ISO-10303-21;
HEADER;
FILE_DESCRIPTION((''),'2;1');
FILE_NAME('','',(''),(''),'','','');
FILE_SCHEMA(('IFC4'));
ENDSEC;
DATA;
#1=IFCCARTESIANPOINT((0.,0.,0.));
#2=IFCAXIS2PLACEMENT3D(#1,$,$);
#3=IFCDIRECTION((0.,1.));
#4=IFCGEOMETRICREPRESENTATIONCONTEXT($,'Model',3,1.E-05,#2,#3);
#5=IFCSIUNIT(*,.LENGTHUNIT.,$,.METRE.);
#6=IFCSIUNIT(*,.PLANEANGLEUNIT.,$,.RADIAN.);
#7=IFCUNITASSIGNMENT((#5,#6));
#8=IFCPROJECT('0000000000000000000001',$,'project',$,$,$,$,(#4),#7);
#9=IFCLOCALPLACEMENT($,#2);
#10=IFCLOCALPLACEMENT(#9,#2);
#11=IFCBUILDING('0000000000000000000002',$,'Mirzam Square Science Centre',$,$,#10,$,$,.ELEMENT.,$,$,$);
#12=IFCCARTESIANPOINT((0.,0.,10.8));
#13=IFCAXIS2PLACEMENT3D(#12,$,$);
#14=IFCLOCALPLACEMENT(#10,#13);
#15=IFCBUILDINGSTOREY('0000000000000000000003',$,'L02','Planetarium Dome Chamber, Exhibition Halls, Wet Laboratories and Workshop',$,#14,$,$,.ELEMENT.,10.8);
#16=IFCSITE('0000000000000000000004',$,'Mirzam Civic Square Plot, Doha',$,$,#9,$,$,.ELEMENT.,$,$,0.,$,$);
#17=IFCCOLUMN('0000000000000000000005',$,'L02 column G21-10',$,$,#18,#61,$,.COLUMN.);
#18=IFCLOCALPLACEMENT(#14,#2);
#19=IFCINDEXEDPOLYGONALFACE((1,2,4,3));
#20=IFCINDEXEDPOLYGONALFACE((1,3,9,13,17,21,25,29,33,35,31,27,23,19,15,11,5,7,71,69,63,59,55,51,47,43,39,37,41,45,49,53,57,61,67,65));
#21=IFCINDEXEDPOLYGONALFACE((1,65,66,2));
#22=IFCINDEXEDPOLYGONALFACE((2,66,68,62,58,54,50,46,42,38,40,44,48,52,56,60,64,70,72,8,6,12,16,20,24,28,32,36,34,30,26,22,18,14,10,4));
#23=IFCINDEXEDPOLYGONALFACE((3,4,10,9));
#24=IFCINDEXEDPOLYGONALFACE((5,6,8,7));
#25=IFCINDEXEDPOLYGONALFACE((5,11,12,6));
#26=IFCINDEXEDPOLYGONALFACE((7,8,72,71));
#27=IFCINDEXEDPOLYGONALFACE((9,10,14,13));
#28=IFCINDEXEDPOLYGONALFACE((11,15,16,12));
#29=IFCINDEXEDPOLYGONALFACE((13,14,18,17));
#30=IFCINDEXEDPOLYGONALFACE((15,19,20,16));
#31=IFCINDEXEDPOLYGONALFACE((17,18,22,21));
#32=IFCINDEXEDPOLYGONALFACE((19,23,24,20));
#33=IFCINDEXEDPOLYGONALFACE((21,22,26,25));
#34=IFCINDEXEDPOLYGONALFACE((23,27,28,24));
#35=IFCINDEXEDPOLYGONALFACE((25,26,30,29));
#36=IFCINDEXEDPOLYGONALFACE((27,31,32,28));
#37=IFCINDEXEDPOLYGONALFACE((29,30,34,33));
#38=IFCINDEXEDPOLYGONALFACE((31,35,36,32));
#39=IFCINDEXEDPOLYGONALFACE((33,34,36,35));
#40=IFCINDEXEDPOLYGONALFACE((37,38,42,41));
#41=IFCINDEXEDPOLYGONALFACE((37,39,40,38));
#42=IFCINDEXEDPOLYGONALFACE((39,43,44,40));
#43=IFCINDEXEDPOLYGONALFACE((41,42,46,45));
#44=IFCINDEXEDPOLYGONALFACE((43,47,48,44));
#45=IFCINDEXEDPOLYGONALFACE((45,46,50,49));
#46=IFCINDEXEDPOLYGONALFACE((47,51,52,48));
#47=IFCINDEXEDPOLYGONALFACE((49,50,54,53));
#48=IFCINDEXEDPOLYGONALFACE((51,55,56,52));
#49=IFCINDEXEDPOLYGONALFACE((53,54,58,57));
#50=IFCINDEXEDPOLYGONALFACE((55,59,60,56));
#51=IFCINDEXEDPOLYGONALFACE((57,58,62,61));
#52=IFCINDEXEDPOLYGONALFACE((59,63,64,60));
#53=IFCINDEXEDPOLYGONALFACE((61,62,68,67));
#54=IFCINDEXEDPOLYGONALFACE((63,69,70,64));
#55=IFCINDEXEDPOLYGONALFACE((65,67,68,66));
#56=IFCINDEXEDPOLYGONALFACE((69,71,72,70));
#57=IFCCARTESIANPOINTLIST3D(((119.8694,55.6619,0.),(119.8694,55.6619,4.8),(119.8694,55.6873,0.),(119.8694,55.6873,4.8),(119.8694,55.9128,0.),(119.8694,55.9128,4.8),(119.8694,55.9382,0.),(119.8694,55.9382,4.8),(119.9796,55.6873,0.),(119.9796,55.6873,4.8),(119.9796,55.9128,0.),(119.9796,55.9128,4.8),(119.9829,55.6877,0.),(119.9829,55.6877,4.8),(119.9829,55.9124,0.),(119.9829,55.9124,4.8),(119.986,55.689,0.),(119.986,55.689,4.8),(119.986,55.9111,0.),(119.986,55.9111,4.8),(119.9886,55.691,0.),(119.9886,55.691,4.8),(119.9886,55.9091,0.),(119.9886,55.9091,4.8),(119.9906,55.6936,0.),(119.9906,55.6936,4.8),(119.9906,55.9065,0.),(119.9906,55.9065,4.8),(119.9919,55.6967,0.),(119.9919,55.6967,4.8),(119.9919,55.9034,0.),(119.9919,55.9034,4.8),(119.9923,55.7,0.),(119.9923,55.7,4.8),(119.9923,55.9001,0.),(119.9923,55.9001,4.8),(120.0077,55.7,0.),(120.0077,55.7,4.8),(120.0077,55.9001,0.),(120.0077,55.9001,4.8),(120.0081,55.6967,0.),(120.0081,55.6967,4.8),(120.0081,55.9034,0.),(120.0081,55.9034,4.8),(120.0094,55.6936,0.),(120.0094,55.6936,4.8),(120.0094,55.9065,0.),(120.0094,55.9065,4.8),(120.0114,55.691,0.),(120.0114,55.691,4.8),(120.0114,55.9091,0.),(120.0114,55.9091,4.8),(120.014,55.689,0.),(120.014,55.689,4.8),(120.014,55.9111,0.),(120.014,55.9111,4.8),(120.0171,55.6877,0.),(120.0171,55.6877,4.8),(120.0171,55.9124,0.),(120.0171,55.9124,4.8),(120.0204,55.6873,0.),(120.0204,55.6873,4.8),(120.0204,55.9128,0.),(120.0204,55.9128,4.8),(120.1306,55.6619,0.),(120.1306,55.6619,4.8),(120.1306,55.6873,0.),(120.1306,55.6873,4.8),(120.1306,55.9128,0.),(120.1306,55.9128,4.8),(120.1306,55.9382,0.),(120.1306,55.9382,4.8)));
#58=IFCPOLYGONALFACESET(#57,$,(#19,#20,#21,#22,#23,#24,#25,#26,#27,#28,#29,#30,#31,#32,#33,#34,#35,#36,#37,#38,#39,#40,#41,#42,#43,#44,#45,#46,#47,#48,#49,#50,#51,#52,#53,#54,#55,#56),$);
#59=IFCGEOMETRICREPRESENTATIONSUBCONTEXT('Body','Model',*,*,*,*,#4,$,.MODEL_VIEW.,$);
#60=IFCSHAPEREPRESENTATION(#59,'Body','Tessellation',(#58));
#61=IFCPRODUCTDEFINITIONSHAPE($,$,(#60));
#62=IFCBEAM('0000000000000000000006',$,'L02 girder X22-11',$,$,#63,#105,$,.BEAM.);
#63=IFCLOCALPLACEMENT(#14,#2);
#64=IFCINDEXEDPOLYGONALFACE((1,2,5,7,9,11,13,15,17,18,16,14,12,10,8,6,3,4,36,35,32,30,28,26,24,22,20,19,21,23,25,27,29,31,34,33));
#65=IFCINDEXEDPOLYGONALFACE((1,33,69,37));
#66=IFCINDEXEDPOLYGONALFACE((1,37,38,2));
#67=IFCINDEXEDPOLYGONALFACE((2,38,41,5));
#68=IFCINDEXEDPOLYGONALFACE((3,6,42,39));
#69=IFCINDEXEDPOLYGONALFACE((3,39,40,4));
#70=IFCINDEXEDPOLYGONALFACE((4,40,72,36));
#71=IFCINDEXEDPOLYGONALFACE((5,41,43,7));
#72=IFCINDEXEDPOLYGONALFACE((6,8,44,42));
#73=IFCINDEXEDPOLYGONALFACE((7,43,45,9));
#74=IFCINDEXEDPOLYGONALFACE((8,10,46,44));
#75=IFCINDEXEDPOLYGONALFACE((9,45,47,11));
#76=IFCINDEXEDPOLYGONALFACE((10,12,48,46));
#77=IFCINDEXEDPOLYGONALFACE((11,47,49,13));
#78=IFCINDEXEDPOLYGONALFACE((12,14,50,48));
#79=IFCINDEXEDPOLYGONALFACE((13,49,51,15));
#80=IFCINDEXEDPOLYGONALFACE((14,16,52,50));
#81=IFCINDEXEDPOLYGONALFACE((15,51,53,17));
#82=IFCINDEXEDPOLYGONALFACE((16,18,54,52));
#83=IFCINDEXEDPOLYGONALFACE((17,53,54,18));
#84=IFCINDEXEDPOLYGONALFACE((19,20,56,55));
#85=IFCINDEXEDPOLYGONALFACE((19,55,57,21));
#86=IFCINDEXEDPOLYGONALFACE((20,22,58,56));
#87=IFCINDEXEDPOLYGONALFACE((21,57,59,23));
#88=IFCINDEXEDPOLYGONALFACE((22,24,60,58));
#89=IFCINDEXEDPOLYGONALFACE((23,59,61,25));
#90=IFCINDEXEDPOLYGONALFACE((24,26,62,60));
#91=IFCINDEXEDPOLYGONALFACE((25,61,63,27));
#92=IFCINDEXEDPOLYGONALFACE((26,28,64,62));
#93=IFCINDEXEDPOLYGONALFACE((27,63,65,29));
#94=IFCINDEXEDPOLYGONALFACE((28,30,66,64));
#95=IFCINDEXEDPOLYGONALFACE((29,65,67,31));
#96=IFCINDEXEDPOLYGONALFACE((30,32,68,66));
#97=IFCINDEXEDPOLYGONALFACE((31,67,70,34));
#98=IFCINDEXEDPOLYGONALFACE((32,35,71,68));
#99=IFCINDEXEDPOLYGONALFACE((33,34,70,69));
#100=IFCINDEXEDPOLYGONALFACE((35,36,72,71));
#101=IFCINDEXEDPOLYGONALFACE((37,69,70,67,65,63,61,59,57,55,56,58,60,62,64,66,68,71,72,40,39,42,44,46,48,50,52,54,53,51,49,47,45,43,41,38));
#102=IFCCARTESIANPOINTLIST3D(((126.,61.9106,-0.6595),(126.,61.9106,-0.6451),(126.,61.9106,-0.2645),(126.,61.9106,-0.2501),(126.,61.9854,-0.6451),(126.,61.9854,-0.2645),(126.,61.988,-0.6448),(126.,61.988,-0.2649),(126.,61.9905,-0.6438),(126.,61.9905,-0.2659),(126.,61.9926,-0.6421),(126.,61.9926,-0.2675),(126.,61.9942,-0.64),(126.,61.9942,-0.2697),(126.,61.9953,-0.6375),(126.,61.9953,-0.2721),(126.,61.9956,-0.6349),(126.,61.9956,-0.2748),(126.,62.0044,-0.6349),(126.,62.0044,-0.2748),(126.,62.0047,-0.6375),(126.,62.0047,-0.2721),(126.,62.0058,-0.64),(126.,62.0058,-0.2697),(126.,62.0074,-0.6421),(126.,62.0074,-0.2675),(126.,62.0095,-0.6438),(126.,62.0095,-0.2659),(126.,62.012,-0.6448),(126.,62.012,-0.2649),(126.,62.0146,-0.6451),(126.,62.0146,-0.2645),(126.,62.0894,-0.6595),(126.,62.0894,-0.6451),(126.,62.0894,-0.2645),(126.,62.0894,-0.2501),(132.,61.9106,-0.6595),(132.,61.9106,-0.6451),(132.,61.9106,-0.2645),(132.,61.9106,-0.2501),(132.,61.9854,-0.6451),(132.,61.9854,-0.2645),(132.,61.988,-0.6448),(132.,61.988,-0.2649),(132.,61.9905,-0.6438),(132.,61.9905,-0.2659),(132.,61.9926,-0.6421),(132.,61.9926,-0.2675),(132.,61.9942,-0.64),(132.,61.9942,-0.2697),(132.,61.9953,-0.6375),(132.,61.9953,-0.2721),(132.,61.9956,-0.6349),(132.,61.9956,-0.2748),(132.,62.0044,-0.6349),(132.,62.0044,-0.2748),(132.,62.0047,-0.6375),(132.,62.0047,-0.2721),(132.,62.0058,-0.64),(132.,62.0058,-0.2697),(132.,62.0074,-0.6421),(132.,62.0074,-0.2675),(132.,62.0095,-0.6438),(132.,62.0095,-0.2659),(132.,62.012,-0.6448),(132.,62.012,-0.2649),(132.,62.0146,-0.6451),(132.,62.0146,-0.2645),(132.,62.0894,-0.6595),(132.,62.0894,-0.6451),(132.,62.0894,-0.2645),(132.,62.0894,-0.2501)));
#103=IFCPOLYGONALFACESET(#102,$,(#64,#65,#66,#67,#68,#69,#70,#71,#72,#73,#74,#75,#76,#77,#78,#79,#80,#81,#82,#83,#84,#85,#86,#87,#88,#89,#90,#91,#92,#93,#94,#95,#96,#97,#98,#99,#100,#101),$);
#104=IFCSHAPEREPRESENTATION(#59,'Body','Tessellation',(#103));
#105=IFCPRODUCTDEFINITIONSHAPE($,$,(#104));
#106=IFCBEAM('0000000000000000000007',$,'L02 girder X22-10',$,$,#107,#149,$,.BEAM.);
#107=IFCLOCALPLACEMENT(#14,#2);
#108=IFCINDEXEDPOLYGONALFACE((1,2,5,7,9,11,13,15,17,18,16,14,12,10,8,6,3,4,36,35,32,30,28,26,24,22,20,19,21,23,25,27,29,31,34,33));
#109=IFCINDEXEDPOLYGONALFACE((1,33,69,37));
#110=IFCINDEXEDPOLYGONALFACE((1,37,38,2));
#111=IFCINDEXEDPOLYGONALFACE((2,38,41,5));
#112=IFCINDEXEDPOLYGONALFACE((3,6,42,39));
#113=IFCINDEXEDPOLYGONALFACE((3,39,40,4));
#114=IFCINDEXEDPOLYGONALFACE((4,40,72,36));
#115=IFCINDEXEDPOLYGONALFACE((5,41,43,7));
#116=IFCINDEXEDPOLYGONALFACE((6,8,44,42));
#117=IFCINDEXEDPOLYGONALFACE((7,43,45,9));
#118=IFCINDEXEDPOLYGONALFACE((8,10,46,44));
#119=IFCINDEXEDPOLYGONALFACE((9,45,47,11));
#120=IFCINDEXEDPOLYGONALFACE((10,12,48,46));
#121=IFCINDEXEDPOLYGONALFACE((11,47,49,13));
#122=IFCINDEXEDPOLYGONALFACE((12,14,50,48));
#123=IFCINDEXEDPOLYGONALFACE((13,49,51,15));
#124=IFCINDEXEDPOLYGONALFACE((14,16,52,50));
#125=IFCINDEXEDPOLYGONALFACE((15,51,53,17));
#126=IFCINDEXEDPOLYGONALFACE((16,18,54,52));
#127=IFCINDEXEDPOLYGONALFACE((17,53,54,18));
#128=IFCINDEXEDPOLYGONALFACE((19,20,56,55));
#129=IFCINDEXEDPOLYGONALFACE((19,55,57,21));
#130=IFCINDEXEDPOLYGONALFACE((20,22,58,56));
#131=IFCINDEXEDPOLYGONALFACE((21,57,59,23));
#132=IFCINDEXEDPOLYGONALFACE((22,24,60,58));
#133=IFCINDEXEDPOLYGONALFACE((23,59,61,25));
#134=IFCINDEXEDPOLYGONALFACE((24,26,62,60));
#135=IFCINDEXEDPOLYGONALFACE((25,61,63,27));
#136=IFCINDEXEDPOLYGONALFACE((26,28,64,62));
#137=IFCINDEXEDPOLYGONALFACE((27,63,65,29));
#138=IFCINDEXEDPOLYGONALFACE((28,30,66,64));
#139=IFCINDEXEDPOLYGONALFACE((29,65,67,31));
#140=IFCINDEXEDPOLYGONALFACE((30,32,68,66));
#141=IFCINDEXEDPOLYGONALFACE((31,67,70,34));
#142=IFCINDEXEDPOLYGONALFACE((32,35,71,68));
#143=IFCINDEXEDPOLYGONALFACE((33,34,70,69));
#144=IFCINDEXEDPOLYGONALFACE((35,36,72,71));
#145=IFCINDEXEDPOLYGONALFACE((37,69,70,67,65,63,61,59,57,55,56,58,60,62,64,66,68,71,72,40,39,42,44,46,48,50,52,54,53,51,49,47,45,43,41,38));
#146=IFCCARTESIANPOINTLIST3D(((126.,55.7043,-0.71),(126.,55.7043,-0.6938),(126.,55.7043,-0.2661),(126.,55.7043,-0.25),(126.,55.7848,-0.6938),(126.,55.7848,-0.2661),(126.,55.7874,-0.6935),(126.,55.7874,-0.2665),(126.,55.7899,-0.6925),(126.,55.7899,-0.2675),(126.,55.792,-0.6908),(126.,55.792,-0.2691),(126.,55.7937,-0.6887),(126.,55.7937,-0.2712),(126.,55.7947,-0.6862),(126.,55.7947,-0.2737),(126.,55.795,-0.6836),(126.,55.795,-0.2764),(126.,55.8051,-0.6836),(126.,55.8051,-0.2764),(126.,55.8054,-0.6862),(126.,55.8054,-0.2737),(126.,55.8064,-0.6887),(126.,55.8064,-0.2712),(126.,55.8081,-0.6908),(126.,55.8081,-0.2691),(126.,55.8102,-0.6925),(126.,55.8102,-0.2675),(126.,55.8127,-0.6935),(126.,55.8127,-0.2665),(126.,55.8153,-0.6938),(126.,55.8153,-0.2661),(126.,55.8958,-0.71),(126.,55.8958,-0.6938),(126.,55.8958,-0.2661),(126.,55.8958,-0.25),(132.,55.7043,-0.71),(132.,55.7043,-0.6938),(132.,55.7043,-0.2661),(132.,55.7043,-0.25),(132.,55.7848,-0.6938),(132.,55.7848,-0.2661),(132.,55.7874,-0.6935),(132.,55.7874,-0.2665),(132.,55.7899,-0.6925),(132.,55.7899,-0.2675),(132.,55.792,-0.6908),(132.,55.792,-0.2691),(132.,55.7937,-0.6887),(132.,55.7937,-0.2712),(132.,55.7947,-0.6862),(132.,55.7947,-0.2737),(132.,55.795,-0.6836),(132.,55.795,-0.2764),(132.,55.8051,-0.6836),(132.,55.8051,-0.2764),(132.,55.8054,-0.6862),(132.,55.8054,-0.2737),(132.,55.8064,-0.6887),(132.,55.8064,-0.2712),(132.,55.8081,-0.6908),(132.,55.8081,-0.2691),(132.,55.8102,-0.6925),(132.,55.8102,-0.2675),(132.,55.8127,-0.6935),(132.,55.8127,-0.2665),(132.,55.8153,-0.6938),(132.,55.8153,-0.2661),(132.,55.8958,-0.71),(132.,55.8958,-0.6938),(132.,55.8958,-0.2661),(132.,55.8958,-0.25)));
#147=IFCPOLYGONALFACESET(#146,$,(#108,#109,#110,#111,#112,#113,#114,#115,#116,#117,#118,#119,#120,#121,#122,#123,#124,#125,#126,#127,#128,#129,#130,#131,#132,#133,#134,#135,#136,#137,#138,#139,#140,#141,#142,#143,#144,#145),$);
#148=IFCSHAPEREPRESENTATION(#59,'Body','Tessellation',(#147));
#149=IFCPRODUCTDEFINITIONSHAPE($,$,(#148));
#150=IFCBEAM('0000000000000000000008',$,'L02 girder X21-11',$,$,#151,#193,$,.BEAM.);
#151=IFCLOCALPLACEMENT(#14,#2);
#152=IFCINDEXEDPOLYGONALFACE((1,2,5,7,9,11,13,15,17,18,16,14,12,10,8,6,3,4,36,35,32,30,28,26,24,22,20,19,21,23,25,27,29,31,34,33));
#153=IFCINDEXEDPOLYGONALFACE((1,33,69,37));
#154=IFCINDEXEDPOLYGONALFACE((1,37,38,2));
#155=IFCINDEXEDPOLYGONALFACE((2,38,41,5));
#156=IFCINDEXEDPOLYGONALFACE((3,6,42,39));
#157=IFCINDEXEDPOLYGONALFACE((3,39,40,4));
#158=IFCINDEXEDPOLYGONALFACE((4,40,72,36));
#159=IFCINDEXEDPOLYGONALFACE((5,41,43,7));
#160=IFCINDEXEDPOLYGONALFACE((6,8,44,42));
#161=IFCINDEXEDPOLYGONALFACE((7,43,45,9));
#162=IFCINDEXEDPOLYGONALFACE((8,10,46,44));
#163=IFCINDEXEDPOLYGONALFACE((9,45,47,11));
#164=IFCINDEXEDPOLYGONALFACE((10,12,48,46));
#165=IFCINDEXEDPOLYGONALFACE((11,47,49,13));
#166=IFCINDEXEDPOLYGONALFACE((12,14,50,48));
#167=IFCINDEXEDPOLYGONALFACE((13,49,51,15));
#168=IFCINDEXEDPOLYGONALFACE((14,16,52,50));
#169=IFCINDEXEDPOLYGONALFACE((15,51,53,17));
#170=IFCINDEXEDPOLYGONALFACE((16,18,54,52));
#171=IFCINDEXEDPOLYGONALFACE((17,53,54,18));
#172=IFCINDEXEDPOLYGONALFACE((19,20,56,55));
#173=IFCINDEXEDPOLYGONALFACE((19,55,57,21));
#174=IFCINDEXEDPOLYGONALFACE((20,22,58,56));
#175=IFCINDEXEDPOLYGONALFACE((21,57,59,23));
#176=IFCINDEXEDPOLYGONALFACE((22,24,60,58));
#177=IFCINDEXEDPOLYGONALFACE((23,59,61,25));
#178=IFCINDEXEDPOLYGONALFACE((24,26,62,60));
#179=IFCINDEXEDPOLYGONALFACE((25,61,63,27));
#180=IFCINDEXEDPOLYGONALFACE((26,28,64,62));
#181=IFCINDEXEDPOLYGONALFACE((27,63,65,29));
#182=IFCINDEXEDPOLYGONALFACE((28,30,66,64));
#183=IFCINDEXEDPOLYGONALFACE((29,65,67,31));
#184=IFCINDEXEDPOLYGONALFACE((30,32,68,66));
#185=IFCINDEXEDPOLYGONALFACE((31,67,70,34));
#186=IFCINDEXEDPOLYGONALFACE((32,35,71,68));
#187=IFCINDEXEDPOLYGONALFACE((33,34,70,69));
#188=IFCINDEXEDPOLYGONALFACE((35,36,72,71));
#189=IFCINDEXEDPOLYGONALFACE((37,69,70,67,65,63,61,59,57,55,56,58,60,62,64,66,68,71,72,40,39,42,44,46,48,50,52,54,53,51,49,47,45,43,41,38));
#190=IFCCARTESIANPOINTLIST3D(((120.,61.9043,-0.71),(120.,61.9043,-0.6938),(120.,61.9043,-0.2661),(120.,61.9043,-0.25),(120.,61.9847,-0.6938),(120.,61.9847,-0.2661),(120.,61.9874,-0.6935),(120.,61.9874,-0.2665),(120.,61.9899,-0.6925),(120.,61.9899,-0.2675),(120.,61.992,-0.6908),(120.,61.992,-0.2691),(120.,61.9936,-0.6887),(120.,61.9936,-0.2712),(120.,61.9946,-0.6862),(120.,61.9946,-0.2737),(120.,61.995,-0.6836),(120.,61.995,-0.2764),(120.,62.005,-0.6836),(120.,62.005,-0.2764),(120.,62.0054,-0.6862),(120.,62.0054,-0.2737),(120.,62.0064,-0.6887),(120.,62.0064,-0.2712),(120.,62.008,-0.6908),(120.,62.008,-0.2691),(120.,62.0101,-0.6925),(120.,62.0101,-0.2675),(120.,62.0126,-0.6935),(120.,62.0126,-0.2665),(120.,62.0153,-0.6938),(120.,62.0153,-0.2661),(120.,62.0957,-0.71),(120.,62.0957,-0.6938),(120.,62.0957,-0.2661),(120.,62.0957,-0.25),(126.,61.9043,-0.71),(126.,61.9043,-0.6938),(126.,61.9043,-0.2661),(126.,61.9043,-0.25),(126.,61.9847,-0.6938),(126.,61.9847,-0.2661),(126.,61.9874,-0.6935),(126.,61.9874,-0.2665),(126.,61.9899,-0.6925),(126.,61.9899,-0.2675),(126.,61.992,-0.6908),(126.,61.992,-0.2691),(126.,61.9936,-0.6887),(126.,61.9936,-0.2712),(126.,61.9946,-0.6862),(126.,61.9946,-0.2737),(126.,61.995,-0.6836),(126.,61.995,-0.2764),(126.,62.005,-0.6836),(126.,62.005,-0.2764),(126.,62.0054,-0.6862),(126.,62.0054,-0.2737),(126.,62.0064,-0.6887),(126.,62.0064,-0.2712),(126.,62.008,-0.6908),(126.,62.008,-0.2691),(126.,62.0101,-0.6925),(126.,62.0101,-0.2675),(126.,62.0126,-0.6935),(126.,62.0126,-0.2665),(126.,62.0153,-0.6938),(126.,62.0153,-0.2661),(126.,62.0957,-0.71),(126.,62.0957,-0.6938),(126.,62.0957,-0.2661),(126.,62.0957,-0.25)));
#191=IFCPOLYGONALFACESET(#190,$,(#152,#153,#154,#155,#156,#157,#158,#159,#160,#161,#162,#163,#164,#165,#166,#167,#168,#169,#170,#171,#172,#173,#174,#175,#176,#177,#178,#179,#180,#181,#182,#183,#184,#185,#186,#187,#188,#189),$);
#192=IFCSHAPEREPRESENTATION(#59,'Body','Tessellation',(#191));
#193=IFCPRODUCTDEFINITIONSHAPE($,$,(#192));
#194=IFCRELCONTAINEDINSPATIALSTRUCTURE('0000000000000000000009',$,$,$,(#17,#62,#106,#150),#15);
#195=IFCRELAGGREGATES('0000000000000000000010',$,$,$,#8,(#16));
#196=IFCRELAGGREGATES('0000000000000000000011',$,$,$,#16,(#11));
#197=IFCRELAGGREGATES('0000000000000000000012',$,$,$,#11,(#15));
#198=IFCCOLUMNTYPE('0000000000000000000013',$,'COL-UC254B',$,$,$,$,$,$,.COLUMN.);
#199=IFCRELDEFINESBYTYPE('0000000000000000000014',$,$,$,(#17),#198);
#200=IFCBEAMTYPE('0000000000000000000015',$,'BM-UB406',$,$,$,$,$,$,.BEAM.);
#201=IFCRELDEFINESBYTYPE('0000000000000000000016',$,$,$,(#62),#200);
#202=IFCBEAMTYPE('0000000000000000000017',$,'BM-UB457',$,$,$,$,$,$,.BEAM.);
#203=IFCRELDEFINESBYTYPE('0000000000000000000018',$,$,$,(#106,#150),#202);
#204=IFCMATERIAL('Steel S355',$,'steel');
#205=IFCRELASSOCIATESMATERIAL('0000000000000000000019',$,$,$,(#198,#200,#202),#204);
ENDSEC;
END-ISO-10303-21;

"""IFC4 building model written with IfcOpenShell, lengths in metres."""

from ifc_helpers import new_model, si_unit, direction, frame, origin, origin_2d, place, context, subcontext, project, spatial, i_section, extrude, material, material_profile, profile_set, type_object, element, save


model = new_model("IFC4")

# Units and contexts
model_context = context("Model", 3, precision=1e-05, world=origin(), true_north=direction((0.0, 1.0)))
body_context = subcontext(model_context, "Body", "Model", "MODEL_VIEW")
ifc_project = project(units=[si_unit("LENGTHUNIT", "METRE"), si_unit("PLANEANGLEUNIT", "RADIAN")], contexts=[model_context])

# Site, building, storey
site_placement = place(None, origin())
site = spatial("IfcSite", under=ifc_project, at=site_placement, Name="Mirzam Civic Square Plot, Doha", CompositionType="ELEMENT", RefElevation=0.0)
building_placement = place(site_placement, origin())
building = spatial("IfcBuilding", under=site, at=building_placement, Name="Mirzam Square Science Centre", CompositionType="ELEMENT")
storey_placement = place(building_placement, frame((0.0, 0.0, 10.8)))
storey = spatial("IfcBuildingStorey", under=building, at=storey_placement, Name="L02", Description="Planetarium Dome Chamber, Exhibition Halls, Wet Laboratories and Workshop", CompositionType="ELEMENT", Elevation=10.8)

# Column
ifc_material_1 = material(Name="Steel S355", Category="steel")
ifc_material_profile_1 = material_profile(ifc_material_1, i_section(OverallWidth=0.2612, OverallDepth=0.2764, WebThickness=0.0154, FlangeThickness=0.0254, FilletRadius=0.0127, at=origin_2d()), Name="254x254x132UC")
ifc_profile_set_1 = profile_set([ifc_material_profile_1], Name="Steel S355")
column_type_1 = type_object("IfcColumnType", Name="COL-UC254B", PredefinedType="COLUMN", material=ifc_profile_set_1)
column_1_placement = place(storey_placement, frame((120.0, 55.8, 0.0), z_axis=(0.0, 0.0, 1.0), x_axis=(1.0, 0.0, 0.0)))
element("IfcColumn", 1, at=column_1_placement, inside=storey, type_object=column_type_1, Name="L02 column G21-10", PredefinedType="COLUMN", context=body_context, shape_type="SweptSolid", body=[
    extrude(i_section(OverallWidth=0.2612, OverallDepth=0.2764, WebThickness=0.0154, FlangeThickness=0.0254, FilletRadius=0.0127, at=origin_2d()), origin(), (0.0, 0.0, 1.0), 4.8),
])

# Beams
ifc_material_profile_2 = material_profile(ifc_material_1, i_section(OverallWidth=0.1787, OverallDepth=0.4094, WebThickness=0.0088, FlangeThickness=0.0144, FilletRadius=0.0103, at=origin_2d()), Name="406x178x67UB")
ifc_profile_set_2 = profile_set([ifc_material_profile_2], Name="Steel S355")
beam_type_1 = type_object("IfcBeamType", Name="BM-UB406", PredefinedType="BEAM", material=ifc_profile_set_2)
beam_1_placement = place(storey_placement, frame((126.0, 62.0, -0.4548), z_axis=(1.0, 0.0, 0.0), x_axis=(0.0, 1.0, 0.0)))
element("IfcBeam", 2, at=beam_1_placement, inside=storey, type_object=beam_type_1, Name="L02 girder X22-11", PredefinedType="BEAM", context=body_context, shape_type="SweptSolid", body=[
    extrude(i_section(OverallWidth=0.1787, OverallDepth=0.4094, WebThickness=0.0088, FlangeThickness=0.0144, FilletRadius=0.0103, at=origin_2d()), origin(), (0.0, 0.0, 1.0), 6.0),
])
ifc_material_profile_3 = material_profile(ifc_material_1, i_section(OverallWidth=0.1914, OverallDepth=0.46, WebThickness=0.01, FlangeThickness=0.0161, FilletRadius=0.0103, at=origin_2d()), Name="457x191x82UB")
ifc_profile_set_3 = profile_set([ifc_material_profile_3], Name="Steel S355")
beam_type_2 = type_object("IfcBeamType", Name="BM-UB457", PredefinedType="BEAM", material=ifc_profile_set_3)
for number, where, z_axis, x_axis, name in (
    (3, (126.0, 55.8, -0.48), (1.0, 0.0, 0.0), (0.0, 1.0, 0.0), "L02 girder X22-10"),
    (4, (120.0, 62.0, -0.48), (1.0, 0.0, 0.0), (0.0, 1.0, 0.0), "L02 girder X21-11"),
):
    element("IfcBeam", number, at=place(storey_placement, frame(where, z_axis=z_axis, x_axis=x_axis)), inside=storey, type_object=beam_type_2, Name=name, PredefinedType="BEAM", context=body_context, shape_type="SweptSolid", body=[
        extrude(i_section(OverallWidth=0.1914, OverallDepth=0.46, WebThickness=0.01, FlangeThickness=0.0161, FilletRadius=0.0103, at=origin_2d()), origin(), (0.0, 0.0, 1.0), 6.0),
    ])

save(model, "model.ifc")
